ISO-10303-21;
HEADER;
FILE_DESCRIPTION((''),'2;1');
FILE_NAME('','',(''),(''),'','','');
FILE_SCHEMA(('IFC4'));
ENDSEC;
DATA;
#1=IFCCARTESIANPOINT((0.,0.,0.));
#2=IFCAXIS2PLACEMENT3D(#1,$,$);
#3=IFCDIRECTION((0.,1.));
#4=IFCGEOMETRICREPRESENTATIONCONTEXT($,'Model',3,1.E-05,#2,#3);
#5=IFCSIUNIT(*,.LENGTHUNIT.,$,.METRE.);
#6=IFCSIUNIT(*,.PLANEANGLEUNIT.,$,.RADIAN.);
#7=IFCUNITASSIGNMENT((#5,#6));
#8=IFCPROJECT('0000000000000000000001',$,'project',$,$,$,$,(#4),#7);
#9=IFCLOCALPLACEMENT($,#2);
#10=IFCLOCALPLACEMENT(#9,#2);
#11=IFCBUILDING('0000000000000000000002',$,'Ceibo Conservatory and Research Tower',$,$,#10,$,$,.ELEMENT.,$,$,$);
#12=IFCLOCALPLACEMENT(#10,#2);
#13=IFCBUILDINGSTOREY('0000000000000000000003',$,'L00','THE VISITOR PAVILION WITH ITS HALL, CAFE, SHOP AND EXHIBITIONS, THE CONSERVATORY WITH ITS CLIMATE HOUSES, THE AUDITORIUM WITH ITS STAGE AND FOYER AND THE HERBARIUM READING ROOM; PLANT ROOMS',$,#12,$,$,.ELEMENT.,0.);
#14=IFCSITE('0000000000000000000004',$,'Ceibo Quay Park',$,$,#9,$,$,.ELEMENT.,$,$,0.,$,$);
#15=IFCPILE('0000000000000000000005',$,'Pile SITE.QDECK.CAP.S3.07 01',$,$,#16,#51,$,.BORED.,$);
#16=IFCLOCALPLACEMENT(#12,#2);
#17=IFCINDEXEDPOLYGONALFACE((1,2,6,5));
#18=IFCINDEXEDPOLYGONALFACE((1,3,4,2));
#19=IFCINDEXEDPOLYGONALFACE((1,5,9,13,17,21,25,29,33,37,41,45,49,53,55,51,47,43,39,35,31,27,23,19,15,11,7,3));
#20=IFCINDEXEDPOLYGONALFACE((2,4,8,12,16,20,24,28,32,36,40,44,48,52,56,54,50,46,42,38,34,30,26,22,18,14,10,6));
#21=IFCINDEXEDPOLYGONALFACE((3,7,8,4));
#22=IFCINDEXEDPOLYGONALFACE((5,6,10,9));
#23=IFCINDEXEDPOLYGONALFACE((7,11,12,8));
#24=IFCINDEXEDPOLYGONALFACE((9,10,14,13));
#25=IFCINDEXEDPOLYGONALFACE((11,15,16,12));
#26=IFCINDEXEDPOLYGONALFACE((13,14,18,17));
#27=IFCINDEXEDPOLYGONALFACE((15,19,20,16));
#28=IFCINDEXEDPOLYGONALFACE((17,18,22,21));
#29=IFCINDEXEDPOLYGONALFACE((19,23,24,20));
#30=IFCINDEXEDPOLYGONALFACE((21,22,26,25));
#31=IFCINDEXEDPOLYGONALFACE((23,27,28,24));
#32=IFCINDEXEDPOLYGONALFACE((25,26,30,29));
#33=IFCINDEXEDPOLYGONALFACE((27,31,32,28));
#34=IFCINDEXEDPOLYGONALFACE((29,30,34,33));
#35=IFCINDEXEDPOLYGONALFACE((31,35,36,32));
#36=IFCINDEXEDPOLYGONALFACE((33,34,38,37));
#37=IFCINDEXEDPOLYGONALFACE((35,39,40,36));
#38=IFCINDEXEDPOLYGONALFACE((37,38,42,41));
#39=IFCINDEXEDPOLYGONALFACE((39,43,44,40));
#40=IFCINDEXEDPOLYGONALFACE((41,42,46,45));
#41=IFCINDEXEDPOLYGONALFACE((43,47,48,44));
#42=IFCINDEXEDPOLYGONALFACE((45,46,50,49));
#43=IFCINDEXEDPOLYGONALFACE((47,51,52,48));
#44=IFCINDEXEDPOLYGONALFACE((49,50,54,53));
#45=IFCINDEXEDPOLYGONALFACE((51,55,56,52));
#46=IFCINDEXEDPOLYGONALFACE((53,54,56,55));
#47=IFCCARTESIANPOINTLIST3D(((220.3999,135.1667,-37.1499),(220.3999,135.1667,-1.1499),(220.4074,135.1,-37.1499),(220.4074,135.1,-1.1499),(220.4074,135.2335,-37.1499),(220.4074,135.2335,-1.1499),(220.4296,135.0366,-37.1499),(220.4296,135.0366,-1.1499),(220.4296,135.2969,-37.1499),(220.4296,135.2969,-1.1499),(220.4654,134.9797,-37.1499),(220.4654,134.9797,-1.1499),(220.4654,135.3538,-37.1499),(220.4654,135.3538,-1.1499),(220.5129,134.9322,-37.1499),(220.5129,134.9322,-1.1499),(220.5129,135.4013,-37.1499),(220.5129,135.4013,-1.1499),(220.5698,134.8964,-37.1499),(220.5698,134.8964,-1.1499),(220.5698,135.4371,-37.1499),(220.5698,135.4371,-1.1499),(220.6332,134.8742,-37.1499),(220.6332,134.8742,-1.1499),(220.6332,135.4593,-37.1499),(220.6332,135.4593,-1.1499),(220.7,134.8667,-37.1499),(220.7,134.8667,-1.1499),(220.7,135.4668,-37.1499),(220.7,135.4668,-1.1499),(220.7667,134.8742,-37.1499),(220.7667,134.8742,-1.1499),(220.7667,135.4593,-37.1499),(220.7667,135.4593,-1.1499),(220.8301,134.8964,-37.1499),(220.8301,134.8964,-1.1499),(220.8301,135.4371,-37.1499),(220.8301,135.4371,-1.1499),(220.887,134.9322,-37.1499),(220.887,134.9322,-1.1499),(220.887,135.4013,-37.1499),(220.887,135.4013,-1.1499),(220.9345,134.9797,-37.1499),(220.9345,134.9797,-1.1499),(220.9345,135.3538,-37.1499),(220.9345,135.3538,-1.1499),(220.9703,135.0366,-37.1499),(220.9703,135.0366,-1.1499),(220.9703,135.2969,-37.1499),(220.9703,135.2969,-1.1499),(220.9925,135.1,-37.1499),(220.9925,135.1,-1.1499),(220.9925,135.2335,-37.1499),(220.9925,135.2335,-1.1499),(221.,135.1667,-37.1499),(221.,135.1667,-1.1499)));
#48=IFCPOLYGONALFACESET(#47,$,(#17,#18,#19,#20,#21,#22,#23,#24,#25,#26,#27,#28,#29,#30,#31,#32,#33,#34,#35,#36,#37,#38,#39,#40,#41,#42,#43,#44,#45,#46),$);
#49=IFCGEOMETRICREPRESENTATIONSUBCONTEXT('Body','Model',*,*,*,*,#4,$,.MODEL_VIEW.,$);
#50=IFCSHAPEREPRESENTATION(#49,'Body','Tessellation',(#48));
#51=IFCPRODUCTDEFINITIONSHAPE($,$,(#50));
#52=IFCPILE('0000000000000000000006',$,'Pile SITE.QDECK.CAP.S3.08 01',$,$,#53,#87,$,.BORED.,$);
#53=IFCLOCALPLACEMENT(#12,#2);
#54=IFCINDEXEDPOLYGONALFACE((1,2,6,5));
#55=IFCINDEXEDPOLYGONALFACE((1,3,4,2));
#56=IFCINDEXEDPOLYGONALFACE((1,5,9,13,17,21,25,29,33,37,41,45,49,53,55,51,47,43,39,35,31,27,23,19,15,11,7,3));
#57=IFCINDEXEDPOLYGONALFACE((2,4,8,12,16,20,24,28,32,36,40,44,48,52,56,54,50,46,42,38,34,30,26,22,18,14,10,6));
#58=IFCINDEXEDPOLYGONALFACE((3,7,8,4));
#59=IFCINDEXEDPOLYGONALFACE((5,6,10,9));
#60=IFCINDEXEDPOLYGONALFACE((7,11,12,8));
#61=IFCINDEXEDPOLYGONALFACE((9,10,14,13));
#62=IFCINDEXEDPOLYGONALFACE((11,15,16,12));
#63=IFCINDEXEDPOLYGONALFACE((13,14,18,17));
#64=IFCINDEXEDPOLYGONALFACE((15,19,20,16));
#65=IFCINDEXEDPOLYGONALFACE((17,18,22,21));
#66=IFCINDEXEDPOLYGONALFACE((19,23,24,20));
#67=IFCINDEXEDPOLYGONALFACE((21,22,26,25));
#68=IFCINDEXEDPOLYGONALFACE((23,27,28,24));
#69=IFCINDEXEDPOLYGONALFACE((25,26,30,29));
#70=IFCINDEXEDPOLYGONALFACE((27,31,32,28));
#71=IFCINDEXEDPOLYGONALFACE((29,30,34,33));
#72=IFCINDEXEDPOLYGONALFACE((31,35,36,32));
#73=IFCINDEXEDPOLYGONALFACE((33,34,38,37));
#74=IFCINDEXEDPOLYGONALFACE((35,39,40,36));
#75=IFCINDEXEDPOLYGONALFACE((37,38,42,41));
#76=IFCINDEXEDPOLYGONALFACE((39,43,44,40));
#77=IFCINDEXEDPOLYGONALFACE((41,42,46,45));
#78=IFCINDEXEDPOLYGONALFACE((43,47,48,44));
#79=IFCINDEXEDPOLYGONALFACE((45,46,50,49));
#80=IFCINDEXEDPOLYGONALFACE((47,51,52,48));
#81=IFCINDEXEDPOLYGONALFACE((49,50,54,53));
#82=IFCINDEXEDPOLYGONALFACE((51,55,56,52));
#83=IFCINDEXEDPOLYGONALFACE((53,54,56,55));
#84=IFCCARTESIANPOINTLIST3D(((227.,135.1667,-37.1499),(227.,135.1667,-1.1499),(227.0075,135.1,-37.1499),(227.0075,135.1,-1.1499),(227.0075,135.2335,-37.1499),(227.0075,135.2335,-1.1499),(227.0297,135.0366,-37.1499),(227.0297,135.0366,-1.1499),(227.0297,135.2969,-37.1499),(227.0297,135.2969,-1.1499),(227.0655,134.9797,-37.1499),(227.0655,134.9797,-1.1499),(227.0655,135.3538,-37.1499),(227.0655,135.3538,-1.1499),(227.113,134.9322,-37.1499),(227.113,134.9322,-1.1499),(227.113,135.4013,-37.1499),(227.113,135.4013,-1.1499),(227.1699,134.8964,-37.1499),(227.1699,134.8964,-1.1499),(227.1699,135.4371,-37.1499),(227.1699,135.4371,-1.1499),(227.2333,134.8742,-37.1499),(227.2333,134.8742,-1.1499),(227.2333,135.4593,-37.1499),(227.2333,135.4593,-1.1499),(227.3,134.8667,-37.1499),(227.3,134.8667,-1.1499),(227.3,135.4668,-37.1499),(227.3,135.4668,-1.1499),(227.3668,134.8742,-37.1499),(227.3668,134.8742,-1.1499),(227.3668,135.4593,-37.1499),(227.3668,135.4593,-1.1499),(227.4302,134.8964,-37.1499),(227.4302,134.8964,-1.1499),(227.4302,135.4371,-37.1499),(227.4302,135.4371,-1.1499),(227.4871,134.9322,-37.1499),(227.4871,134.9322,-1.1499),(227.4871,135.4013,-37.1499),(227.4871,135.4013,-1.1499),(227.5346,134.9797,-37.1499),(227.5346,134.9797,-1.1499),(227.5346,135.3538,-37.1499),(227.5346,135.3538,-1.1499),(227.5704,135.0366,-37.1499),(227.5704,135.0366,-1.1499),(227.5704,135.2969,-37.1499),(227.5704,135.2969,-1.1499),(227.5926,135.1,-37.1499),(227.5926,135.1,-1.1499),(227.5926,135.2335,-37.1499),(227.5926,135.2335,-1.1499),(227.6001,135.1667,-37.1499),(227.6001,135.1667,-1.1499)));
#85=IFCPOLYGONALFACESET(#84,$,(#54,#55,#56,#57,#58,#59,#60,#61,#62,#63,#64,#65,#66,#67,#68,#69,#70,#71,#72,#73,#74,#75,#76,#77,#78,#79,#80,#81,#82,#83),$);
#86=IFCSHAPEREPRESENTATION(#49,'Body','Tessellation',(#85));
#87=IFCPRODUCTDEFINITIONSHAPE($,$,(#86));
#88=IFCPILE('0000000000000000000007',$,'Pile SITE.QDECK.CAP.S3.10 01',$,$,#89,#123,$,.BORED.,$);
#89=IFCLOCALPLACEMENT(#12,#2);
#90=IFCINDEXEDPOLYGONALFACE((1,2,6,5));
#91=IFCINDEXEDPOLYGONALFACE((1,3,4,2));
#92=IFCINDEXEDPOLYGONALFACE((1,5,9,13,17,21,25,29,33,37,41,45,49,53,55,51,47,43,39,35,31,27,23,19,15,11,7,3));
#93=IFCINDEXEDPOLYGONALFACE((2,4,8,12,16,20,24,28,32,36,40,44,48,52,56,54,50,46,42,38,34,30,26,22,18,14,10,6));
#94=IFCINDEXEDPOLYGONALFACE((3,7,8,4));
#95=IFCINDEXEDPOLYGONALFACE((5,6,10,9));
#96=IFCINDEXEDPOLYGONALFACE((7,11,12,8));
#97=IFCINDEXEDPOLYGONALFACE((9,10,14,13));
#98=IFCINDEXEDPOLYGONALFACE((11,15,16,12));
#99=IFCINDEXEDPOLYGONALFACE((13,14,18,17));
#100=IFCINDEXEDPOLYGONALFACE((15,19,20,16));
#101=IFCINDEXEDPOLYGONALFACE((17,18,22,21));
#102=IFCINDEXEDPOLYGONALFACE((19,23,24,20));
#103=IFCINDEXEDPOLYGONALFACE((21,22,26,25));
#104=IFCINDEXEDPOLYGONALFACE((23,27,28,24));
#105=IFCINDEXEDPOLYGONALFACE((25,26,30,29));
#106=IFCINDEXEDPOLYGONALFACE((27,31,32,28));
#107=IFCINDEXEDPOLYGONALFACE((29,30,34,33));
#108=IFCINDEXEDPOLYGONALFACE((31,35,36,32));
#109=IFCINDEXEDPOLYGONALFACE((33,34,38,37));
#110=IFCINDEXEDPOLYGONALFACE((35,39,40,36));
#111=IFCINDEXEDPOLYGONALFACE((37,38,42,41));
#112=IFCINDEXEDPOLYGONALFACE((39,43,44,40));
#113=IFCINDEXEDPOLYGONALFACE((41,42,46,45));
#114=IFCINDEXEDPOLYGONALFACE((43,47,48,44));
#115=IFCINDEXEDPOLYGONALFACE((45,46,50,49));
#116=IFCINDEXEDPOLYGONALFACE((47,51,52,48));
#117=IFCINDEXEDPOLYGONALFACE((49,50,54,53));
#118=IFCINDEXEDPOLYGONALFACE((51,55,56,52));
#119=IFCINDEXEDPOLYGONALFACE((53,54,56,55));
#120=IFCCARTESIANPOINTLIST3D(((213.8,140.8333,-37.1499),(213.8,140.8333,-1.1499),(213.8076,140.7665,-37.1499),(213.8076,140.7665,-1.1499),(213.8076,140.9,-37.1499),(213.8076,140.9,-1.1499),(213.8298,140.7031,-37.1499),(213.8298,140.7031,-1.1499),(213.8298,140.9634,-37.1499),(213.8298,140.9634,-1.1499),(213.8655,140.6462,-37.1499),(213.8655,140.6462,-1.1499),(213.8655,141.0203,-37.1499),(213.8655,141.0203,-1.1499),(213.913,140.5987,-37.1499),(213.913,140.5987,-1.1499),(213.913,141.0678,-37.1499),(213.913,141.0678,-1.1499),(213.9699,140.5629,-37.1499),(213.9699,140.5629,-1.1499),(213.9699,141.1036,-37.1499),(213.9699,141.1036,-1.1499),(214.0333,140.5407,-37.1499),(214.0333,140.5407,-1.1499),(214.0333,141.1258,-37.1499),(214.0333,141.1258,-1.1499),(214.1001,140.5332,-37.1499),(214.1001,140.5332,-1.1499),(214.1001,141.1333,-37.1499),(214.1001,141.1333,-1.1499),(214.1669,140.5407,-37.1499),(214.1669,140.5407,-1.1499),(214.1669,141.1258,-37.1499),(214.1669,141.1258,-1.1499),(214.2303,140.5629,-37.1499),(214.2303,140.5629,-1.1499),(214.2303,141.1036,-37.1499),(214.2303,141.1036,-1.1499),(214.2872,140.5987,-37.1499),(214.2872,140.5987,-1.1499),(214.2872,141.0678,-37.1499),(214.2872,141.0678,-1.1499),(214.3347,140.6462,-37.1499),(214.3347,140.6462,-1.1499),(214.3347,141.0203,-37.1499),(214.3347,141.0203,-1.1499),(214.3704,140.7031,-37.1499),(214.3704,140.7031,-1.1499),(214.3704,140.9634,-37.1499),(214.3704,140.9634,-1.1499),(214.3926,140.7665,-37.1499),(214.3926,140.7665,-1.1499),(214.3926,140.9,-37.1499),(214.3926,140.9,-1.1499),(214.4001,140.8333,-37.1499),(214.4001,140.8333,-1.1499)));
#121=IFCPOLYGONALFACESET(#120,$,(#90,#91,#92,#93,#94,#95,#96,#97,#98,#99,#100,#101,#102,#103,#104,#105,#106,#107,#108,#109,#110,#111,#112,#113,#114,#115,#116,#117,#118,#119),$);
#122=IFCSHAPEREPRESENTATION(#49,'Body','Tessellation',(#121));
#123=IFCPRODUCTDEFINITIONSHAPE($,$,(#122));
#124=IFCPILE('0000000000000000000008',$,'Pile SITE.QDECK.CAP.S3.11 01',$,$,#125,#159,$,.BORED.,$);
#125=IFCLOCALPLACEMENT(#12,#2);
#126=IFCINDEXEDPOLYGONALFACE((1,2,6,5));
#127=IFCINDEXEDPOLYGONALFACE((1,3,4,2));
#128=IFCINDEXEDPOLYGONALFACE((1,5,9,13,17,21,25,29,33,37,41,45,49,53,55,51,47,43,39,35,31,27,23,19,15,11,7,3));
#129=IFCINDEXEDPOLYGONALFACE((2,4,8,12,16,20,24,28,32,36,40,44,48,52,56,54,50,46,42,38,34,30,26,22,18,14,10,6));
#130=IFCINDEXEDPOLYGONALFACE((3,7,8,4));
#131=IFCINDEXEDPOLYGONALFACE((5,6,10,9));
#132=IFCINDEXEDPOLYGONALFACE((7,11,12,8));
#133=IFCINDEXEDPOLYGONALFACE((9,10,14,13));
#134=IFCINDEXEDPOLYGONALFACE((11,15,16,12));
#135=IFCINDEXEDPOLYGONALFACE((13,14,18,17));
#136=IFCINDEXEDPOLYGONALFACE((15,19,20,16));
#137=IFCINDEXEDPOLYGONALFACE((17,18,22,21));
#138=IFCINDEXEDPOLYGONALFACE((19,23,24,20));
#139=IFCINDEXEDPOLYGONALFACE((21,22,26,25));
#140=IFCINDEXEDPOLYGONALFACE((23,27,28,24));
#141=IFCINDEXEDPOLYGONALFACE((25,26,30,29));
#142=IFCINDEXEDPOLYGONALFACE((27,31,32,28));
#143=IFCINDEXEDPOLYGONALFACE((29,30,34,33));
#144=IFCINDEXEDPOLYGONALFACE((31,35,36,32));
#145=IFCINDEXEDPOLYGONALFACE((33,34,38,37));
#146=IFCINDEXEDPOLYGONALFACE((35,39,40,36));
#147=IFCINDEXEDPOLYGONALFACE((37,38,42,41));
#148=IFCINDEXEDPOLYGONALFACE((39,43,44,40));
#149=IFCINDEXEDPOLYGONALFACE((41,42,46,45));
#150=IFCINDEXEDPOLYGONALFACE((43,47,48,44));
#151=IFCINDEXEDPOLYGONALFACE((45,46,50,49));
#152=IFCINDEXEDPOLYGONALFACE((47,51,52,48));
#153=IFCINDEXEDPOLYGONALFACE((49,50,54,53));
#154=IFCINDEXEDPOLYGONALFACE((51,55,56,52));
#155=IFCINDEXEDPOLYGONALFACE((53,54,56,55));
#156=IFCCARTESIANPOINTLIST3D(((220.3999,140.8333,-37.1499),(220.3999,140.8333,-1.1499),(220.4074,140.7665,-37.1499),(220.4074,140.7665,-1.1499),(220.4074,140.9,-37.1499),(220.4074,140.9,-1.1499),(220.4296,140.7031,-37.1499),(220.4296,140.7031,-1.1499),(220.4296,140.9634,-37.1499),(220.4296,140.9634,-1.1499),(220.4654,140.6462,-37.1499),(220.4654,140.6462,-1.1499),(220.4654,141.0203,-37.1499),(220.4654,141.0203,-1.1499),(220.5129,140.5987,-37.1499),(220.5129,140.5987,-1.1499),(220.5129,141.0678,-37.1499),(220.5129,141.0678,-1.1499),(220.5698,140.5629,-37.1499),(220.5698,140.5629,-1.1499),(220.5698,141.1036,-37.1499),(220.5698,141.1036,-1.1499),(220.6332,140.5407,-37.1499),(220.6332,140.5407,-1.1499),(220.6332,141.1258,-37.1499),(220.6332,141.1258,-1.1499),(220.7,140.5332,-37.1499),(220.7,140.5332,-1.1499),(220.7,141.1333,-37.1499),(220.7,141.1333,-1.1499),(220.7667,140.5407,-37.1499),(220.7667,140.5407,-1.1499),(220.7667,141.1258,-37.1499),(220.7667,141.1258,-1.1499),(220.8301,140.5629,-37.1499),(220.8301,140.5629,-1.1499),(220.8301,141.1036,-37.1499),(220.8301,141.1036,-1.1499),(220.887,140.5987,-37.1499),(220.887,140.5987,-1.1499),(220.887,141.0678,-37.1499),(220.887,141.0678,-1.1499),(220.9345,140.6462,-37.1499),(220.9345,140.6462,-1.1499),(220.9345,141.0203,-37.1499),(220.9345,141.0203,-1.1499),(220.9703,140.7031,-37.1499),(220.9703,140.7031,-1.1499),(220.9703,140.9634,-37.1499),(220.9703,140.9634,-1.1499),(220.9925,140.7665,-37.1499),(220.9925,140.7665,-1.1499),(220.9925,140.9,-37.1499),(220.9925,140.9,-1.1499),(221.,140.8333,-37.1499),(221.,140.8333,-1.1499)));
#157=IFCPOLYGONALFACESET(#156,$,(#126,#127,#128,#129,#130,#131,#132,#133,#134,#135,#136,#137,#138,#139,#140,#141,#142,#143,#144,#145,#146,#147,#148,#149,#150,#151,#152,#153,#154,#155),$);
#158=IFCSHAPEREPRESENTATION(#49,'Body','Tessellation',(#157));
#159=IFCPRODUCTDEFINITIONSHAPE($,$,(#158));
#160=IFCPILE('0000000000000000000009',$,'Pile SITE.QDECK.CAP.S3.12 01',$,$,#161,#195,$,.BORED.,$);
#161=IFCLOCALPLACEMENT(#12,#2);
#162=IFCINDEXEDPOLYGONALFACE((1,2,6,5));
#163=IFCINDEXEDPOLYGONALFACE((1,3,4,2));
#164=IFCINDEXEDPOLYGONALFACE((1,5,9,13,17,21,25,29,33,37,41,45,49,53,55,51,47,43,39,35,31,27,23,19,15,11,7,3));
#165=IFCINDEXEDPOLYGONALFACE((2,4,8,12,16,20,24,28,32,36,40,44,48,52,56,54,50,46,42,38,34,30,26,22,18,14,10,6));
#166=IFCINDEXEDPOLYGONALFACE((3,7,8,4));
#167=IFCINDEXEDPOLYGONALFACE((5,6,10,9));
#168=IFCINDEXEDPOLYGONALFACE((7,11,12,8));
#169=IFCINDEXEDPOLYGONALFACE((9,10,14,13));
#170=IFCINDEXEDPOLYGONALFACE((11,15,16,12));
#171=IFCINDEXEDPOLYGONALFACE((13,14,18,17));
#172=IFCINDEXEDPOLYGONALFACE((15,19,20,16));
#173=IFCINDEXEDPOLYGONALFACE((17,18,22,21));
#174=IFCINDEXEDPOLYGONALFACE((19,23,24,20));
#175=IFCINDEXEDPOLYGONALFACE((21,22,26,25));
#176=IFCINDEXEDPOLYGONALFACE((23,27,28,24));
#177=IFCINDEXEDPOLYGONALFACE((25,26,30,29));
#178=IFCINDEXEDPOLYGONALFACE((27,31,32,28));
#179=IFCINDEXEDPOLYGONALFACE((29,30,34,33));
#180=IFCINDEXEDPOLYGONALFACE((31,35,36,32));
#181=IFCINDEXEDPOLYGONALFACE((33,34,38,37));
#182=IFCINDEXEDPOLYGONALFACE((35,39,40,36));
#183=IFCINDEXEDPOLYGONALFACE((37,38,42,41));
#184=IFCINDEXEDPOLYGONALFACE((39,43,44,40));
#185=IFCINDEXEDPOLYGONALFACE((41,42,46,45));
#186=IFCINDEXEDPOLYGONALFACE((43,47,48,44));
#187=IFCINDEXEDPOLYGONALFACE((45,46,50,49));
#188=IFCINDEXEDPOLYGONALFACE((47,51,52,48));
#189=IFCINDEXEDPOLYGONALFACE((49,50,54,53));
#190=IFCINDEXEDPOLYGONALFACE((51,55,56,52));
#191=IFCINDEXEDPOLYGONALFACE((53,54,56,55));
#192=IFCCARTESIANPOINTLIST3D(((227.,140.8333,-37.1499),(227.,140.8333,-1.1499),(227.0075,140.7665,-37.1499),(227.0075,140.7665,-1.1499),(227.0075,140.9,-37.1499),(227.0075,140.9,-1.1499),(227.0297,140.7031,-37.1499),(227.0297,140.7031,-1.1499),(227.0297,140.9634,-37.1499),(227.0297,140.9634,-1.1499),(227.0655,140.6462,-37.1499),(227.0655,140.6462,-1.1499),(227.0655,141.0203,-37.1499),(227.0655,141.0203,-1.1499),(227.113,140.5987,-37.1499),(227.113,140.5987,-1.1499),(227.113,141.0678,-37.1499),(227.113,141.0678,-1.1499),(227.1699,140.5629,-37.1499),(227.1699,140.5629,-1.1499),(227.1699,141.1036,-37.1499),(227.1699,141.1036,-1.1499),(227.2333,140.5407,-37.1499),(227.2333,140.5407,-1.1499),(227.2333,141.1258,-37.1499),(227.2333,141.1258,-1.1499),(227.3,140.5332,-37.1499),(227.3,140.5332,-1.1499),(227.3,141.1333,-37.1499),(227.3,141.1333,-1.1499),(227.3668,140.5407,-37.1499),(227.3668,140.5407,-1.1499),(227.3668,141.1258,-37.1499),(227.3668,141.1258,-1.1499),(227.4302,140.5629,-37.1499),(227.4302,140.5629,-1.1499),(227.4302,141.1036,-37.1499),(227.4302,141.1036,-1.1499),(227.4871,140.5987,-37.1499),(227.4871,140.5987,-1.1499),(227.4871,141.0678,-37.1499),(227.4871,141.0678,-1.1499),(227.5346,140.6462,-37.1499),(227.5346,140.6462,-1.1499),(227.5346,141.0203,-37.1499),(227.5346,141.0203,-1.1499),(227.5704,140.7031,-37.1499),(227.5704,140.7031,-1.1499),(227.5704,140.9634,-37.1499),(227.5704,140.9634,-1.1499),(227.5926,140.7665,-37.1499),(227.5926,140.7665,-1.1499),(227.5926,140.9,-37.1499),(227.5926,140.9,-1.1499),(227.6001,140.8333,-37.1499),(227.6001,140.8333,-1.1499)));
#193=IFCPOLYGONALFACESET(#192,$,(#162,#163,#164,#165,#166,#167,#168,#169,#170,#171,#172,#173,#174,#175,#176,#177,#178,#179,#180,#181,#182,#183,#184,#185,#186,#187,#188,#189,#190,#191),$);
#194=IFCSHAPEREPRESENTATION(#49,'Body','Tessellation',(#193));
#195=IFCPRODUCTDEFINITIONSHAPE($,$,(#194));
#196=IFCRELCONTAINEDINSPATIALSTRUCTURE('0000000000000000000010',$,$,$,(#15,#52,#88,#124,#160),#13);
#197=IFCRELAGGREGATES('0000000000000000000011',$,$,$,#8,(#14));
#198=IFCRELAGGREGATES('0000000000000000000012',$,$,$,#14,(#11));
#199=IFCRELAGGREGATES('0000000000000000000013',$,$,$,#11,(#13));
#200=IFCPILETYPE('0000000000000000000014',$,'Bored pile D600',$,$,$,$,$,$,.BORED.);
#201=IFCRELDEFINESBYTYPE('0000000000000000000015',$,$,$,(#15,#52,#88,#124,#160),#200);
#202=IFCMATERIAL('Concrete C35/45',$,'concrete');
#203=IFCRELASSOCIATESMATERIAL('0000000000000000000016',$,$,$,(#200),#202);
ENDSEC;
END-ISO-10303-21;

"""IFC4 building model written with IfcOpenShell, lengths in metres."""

from ifc_helpers import new_model, si_unit, direction, frame, origin, origin_2d, place, context, subcontext, project, spatial, circle, extrude, material, material_profile, profile_set, type_object, element, save


model = new_model("IFC4")

# Units and contexts
model_context = context("Model", 3, precision=1e-05, world=origin(), true_north=direction((0.0, 1.0)))
body_context = subcontext(model_context, "Body", "Model", "MODEL_VIEW")
ifc_project = project(units=[si_unit("LENGTHUNIT", "METRE"), si_unit("PLANEANGLEUNIT", "RADIAN")], contexts=[model_context])

# Site, building, storey
site_placement = place(None, origin())
site = spatial("IfcSite", under=ifc_project, at=site_placement, Name="Ceibo Quay Park", CompositionType="ELEMENT", RefElevation=0.0)
building_placement = place(site_placement, origin())
building = spatial("IfcBuilding", under=site, at=building_placement, Name="Ceibo Conservatory and Research Tower", CompositionType="ELEMENT")
storey_placement = place(building_placement, origin())
storey = spatial("IfcBuildingStorey", under=building, at=storey_placement, Name="L00", Description="THE VISITOR PAVILION WITH ITS HALL, CAFE, SHOP AND EXHIBITIONS, THE CONSERVATORY WITH ITS CLIMATE HOUSES, THE AUDITORIUM WITH ITS STAGE AND FOYER AND THE HERBARIUM READING ROOM; PLANT ROOMS", CompositionType="ELEMENT", Elevation=0.0)

# Piles
ifc_material = material(Name="Concrete C35/45", Category="concrete")
ifc_material_profile = material_profile(ifc_material, circle(Radius=0.3, at=origin_2d()), Name="RC D600")
ifc_profile_set = profile_set([ifc_material_profile], Name="Concrete C35/45")
pile_type = type_object("IfcPileType", Name="Bored pile D600", PredefinedType="BORED", material=ifc_profile_set)
for number, where, z_axis, x_axis, name in (
    (1, (220.7, 135.1667, -1.1499), (0.0, 0.0, -1.0), (1.0, 0.0, 0.0), "Pile SITE.QDECK.CAP.S3.07 01"),
    (2, (227.3, 135.1667, -1.1499), (0.0, 0.0, -1.0), (1.0, 0.0, 0.0), "Pile SITE.QDECK.CAP.S3.08 01"),
    (3, (214.1001, 140.8333, -1.1499), (0.0, 0.0, -1.0), (1.0, 0.0, 0.0), "Pile SITE.QDECK.CAP.S3.10 01"),
    (4, (220.7, 140.8333, -1.1499), (0.0, 0.0, -1.0), (1.0, 0.0, 0.0), "Pile SITE.QDECK.CAP.S3.11 01"),
    (5, (227.3, 140.8333, -1.1499), (0.0, 0.0, -1.0), (1.0, 0.0, 0.0), "Pile SITE.QDECK.CAP.S3.12 01"),
):
    element("IfcPile", number, at=place(storey_placement, frame(where, z_axis=z_axis, x_axis=x_axis)), inside=storey, type_object=pile_type, Name=name, PredefinedType="BORED", context=body_context, shape_type="SweptSolid", body=[
        extrude(circle(Radius=0.3, at=origin_2d()), origin(), (0.0, 0.0, 1.0), 36.0),
    ])

save(model, "model.ifc")
